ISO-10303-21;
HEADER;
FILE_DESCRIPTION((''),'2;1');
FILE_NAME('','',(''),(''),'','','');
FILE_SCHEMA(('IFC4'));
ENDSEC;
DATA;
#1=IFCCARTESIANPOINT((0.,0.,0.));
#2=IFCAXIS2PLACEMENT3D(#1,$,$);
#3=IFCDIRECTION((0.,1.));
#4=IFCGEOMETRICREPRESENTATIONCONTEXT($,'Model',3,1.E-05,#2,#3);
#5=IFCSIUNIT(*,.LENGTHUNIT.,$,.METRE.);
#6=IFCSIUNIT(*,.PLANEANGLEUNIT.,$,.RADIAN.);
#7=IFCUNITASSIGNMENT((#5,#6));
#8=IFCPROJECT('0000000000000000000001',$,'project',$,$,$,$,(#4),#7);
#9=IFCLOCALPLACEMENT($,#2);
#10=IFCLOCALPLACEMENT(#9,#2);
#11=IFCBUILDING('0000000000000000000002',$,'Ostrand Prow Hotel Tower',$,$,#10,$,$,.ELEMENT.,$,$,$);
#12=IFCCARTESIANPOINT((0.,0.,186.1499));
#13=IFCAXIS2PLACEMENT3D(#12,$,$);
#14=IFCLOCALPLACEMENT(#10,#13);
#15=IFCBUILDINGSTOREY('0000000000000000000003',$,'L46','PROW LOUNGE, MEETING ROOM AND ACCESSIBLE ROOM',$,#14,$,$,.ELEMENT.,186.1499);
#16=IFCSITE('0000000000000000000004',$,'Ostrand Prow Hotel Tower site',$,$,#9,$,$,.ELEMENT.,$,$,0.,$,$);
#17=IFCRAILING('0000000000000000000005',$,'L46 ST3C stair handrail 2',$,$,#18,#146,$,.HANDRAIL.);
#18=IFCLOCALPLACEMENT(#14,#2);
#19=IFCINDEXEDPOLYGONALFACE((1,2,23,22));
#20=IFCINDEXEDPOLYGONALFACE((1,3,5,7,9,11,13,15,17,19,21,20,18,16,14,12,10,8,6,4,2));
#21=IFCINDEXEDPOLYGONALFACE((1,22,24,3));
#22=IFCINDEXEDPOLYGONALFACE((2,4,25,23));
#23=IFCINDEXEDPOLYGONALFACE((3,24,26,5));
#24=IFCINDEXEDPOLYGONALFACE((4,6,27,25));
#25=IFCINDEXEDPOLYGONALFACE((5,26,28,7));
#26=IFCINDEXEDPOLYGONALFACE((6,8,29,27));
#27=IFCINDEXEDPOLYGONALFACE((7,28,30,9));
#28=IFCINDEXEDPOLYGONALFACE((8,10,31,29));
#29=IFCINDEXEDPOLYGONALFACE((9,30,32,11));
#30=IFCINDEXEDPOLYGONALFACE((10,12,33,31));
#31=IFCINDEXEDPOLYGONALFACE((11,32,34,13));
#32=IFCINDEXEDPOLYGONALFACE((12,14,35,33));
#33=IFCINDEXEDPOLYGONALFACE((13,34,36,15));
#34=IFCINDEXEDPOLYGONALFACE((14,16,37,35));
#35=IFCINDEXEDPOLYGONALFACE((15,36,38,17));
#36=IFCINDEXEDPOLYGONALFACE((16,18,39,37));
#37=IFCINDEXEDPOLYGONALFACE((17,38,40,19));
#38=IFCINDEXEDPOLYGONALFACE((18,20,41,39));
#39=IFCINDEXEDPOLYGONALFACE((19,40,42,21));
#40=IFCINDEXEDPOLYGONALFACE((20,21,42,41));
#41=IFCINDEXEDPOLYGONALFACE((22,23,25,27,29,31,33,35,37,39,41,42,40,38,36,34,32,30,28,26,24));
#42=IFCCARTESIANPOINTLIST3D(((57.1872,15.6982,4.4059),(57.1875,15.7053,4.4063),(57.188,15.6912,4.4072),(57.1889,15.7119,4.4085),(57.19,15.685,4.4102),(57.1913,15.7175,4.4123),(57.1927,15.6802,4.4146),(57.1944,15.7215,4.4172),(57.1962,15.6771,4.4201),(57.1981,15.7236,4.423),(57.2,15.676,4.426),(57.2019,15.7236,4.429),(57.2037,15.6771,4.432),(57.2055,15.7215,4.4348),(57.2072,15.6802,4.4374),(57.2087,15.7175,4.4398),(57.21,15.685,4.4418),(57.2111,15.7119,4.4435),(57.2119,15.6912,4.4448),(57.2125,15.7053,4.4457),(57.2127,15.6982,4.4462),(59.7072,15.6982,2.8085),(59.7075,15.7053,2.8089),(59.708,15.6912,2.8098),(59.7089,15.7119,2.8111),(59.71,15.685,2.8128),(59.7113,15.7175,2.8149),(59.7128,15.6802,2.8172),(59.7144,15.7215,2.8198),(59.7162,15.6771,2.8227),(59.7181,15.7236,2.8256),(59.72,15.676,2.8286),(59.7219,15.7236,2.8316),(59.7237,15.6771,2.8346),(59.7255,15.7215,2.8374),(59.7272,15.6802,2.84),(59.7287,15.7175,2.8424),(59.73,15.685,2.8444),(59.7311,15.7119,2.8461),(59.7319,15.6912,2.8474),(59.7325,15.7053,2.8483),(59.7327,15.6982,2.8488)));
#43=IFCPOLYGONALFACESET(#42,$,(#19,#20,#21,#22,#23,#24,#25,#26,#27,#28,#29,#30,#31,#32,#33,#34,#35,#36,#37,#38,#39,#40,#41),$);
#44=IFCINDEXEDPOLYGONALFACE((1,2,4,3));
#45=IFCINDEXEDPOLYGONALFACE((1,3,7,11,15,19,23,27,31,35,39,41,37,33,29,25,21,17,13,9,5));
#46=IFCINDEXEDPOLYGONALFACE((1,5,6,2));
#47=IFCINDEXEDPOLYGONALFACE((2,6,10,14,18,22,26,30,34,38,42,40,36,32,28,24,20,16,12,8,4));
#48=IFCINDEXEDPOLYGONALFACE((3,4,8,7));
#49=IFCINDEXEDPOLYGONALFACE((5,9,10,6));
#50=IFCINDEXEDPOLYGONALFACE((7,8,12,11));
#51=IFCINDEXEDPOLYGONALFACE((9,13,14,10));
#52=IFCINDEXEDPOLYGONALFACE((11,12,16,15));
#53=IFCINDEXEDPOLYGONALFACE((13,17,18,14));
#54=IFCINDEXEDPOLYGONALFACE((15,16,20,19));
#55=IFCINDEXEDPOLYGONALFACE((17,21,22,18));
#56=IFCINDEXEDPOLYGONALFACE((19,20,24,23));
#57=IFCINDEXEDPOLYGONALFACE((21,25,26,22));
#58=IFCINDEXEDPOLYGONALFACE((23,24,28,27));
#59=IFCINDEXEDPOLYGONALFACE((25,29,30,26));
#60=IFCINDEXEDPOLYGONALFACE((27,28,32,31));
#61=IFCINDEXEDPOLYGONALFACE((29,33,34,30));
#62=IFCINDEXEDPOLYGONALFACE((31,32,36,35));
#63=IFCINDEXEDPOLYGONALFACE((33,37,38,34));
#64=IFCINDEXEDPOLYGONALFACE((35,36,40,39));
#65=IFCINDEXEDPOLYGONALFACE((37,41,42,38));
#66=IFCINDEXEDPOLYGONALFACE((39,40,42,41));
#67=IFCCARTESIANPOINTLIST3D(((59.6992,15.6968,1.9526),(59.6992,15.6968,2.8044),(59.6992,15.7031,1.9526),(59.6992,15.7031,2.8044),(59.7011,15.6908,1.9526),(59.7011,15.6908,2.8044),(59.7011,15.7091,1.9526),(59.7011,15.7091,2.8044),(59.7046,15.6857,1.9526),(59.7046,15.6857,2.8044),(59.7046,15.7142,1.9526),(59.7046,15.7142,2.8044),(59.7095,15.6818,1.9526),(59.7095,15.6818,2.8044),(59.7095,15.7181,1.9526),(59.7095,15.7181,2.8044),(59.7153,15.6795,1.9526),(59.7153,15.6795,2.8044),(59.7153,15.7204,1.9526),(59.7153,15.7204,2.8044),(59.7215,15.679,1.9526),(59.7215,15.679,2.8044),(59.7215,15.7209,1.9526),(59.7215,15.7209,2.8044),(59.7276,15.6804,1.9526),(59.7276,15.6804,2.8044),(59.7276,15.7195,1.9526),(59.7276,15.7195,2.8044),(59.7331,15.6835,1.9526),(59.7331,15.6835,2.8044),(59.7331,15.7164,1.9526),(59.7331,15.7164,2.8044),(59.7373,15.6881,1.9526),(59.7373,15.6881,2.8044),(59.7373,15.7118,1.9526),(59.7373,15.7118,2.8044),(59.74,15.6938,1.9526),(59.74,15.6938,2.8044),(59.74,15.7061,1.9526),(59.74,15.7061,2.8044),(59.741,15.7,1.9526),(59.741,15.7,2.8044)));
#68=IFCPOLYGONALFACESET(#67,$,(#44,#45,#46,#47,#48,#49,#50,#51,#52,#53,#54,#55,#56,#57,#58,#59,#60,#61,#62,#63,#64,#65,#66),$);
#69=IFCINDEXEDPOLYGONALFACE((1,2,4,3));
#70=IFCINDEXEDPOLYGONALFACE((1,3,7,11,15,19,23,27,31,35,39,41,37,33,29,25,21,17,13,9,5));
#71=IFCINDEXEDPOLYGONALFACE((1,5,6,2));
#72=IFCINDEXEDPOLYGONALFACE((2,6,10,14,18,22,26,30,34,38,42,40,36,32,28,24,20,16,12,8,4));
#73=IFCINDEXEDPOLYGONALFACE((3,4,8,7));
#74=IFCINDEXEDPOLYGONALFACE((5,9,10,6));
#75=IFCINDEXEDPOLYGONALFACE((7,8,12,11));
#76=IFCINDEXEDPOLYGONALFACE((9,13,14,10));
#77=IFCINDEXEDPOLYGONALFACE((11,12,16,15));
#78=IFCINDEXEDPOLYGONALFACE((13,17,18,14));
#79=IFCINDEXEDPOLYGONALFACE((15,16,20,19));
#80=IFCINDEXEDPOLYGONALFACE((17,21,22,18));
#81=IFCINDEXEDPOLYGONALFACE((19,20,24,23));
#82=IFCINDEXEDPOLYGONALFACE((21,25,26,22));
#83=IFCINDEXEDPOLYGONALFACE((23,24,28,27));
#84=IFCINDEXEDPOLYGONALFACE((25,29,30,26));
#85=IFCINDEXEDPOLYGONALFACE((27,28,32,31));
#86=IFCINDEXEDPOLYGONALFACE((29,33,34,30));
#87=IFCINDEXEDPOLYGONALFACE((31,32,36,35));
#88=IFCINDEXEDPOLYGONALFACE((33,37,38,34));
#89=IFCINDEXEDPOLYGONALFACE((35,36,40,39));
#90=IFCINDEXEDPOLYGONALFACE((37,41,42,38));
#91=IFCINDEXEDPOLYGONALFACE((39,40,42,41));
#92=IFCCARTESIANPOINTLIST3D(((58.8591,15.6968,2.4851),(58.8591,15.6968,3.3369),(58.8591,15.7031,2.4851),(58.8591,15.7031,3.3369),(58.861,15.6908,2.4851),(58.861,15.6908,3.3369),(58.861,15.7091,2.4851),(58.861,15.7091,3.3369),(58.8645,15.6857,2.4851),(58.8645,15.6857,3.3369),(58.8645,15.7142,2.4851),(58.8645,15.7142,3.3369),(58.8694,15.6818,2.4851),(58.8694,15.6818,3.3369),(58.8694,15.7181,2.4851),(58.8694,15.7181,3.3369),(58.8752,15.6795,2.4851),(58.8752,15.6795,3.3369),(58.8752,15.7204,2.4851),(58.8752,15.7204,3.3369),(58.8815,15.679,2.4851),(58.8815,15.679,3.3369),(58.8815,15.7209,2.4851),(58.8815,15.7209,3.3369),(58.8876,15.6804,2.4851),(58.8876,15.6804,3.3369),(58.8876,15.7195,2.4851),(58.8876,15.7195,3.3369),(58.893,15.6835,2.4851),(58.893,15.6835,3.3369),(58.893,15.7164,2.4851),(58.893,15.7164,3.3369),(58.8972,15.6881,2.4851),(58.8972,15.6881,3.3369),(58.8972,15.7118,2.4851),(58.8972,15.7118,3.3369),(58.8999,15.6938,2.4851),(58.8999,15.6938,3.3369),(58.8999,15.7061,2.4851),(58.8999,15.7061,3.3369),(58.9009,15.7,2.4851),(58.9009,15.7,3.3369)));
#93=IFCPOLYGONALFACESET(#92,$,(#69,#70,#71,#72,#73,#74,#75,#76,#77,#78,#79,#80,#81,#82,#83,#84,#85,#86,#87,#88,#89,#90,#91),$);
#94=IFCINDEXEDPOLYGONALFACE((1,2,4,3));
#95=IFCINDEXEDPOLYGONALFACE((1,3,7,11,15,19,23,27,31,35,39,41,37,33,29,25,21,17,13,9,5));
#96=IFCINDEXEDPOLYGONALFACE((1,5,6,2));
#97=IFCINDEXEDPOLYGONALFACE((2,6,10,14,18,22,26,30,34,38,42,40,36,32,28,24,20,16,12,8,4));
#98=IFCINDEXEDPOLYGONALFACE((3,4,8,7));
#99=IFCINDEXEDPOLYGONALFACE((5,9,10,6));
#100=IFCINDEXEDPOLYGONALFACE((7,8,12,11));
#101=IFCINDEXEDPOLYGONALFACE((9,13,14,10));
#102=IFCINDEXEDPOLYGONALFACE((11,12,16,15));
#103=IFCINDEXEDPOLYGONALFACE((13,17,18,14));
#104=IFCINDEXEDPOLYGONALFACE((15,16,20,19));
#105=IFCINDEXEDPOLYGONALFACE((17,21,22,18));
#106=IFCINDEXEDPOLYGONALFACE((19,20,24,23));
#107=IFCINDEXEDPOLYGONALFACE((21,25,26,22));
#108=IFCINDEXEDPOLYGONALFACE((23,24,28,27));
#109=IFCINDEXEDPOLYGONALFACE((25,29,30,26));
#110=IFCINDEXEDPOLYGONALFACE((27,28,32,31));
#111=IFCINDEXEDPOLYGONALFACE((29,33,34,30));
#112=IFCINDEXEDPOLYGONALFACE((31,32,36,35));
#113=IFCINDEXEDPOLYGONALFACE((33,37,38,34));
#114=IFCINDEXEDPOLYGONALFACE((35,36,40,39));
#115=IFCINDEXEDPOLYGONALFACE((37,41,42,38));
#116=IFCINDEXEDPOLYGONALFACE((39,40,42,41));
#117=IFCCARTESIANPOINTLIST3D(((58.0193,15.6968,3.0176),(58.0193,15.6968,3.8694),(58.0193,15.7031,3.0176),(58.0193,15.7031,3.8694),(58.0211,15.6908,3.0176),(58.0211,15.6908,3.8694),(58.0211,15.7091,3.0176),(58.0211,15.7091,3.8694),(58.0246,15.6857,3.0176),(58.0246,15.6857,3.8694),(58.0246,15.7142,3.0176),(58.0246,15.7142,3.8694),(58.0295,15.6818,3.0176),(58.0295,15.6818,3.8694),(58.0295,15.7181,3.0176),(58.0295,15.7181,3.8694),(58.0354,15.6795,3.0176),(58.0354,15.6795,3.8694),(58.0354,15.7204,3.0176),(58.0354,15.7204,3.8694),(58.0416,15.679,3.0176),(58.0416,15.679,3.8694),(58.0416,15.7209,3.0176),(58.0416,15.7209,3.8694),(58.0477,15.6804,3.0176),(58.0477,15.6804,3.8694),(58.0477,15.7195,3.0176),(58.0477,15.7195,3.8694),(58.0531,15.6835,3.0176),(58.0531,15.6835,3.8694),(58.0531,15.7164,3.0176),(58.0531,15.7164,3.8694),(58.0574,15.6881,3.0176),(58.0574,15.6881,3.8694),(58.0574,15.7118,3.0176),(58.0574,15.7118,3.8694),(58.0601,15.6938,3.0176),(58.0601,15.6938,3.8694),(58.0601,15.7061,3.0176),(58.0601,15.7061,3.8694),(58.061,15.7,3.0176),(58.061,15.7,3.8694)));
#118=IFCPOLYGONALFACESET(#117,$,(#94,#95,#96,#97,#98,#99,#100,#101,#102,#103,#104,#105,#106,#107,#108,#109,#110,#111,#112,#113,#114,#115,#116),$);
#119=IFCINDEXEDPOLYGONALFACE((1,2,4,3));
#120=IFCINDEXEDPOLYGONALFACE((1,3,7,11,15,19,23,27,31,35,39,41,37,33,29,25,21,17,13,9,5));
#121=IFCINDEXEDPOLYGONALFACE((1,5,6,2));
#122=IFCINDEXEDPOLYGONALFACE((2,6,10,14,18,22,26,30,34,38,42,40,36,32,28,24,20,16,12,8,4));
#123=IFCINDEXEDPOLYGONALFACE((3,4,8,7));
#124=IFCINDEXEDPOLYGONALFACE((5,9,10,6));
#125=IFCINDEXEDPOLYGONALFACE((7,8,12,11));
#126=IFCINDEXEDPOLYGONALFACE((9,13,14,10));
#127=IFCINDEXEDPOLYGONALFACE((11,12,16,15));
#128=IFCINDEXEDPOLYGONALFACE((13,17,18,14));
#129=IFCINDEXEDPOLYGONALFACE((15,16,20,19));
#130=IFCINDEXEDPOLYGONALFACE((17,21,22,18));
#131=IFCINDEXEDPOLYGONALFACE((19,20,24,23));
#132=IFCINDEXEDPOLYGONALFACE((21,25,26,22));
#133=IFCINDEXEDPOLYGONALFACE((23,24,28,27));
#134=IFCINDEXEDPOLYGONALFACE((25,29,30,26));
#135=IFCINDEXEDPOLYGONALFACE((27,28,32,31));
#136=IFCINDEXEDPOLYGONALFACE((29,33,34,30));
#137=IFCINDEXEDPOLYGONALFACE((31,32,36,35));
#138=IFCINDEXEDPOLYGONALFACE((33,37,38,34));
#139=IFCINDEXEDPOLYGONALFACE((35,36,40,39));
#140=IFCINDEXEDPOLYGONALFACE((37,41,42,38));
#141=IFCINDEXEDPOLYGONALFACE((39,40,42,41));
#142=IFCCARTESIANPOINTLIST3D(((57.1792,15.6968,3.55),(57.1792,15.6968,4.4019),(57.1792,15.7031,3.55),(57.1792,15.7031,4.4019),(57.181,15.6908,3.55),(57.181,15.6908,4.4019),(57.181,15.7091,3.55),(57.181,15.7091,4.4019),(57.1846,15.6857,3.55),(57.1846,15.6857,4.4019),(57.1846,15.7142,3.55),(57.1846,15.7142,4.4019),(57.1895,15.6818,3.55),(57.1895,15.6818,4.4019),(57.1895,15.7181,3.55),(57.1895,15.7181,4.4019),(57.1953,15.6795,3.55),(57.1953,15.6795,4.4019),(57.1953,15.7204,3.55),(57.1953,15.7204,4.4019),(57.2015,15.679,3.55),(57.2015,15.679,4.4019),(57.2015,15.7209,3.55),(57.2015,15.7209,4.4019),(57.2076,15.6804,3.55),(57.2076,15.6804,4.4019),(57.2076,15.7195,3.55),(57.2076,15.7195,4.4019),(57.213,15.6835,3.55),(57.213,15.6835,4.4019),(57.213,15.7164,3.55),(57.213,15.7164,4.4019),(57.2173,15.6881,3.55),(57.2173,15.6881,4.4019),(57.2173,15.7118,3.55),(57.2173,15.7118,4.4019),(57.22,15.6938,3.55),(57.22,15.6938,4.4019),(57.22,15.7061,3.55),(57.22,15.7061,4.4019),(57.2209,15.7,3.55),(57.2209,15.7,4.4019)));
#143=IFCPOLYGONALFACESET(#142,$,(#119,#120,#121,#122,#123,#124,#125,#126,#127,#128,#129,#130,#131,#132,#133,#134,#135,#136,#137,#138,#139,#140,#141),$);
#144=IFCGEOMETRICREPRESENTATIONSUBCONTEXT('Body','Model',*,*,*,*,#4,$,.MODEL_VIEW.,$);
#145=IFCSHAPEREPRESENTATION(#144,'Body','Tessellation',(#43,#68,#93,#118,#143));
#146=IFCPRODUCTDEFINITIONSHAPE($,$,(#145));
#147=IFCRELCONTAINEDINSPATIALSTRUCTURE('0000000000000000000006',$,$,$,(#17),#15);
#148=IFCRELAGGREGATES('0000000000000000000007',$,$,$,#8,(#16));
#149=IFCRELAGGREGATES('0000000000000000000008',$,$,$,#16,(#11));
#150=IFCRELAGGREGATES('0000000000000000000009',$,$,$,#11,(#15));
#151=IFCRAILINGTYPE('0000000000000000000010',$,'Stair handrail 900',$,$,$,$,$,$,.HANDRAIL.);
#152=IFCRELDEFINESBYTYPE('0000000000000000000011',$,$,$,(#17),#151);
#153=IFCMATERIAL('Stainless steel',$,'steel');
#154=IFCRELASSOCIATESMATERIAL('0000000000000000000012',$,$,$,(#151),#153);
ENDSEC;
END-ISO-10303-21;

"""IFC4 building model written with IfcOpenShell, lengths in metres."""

from ifc_helpers import new_model, si_unit, direction, frame, origin, origin_2d, place, context, subcontext, project, spatial, circle, extrude, material, type_object, element, save


model = new_model("IFC4")

# Units and contexts
model_context = context("Model", 3, precision=1e-05, world=origin(), true_north=direction((0.0, 1.0)))
body_context = subcontext(model_context, "Body", "Model", "MODEL_VIEW")
ifc_project = project(units=[si_unit("LENGTHUNIT", "METRE"), si_unit("PLANEANGLEUNIT", "RADIAN")], contexts=[model_context])

# Site, building, storey
site_placement = place(None, origin())
site = spatial("IfcSite", under=ifc_project, at=site_placement, Name="Ostrand Prow Hotel Tower site", CompositionType="ELEMENT", RefElevation=0.0)
building_placement = place(site_placement, origin())
building = spatial("IfcBuilding", under=site, at=building_placement, Name="Ostrand Prow Hotel Tower", CompositionType="ELEMENT")
storey_placement = place(building_placement, frame((0.0, 0.0, 186.1499)))
storey = spatial("IfcBuildingStorey", under=building, at=storey_placement, Name="L46", Description="PROW LOUNGE, MEETING ROOM AND ACCESSIBLE ROOM", CompositionType="ELEMENT", Elevation=186.1499)

# Railing
ifc_material_1 = material(Name="Stainless steel", Category="steel")
railing_type_1 = type_object("IfcRailingType", Name="Stair handrail 900", PredefinedType="HANDRAIL", material=ifc_material_1)
railing_1_placement = place(storey_placement, frame((59.72, 15.7, 1.9526)))
element("IfcRailing", 1, at=railing_1_placement, inside=storey, type_object=railing_type_1, Name="L46 ST3C stair handrail 2", PredefinedType="HANDRAIL", context=body_context, shape_type="SweptSolid", body=[
    extrude(circle(Radius=0.0239, at=origin_2d()), frame((0.0, 0.0, 0.876), z_axis=(-0.844607, 0.0, 0.535387), x_axis=(0.0, -1.0, 0.0)), (0.0, 0.0, 1.0), 2.9836),
    extrude(circle(Radius=0.021, at=origin_2d()), origin(), (0.0, 0.0, 1.0), 0.8518),
    extrude(circle(Radius=0.021, at=origin_2d()), frame((-0.8401, 0.0, 0.5325)), (0.0, 0.0, 1.0), 0.8518),
    extrude(circle(Radius=0.021, at=origin_2d()), frame((-1.6799, 0.0, 1.0649)), (0.0, 0.0, 1.0), 0.8518),
    extrude(circle(Radius=0.021, at=origin_2d()), frame((-2.52, 0.0, 1.5974)), (0.0, 0.0, 1.0), 0.8518),
])

save(model, "model.ifc")
